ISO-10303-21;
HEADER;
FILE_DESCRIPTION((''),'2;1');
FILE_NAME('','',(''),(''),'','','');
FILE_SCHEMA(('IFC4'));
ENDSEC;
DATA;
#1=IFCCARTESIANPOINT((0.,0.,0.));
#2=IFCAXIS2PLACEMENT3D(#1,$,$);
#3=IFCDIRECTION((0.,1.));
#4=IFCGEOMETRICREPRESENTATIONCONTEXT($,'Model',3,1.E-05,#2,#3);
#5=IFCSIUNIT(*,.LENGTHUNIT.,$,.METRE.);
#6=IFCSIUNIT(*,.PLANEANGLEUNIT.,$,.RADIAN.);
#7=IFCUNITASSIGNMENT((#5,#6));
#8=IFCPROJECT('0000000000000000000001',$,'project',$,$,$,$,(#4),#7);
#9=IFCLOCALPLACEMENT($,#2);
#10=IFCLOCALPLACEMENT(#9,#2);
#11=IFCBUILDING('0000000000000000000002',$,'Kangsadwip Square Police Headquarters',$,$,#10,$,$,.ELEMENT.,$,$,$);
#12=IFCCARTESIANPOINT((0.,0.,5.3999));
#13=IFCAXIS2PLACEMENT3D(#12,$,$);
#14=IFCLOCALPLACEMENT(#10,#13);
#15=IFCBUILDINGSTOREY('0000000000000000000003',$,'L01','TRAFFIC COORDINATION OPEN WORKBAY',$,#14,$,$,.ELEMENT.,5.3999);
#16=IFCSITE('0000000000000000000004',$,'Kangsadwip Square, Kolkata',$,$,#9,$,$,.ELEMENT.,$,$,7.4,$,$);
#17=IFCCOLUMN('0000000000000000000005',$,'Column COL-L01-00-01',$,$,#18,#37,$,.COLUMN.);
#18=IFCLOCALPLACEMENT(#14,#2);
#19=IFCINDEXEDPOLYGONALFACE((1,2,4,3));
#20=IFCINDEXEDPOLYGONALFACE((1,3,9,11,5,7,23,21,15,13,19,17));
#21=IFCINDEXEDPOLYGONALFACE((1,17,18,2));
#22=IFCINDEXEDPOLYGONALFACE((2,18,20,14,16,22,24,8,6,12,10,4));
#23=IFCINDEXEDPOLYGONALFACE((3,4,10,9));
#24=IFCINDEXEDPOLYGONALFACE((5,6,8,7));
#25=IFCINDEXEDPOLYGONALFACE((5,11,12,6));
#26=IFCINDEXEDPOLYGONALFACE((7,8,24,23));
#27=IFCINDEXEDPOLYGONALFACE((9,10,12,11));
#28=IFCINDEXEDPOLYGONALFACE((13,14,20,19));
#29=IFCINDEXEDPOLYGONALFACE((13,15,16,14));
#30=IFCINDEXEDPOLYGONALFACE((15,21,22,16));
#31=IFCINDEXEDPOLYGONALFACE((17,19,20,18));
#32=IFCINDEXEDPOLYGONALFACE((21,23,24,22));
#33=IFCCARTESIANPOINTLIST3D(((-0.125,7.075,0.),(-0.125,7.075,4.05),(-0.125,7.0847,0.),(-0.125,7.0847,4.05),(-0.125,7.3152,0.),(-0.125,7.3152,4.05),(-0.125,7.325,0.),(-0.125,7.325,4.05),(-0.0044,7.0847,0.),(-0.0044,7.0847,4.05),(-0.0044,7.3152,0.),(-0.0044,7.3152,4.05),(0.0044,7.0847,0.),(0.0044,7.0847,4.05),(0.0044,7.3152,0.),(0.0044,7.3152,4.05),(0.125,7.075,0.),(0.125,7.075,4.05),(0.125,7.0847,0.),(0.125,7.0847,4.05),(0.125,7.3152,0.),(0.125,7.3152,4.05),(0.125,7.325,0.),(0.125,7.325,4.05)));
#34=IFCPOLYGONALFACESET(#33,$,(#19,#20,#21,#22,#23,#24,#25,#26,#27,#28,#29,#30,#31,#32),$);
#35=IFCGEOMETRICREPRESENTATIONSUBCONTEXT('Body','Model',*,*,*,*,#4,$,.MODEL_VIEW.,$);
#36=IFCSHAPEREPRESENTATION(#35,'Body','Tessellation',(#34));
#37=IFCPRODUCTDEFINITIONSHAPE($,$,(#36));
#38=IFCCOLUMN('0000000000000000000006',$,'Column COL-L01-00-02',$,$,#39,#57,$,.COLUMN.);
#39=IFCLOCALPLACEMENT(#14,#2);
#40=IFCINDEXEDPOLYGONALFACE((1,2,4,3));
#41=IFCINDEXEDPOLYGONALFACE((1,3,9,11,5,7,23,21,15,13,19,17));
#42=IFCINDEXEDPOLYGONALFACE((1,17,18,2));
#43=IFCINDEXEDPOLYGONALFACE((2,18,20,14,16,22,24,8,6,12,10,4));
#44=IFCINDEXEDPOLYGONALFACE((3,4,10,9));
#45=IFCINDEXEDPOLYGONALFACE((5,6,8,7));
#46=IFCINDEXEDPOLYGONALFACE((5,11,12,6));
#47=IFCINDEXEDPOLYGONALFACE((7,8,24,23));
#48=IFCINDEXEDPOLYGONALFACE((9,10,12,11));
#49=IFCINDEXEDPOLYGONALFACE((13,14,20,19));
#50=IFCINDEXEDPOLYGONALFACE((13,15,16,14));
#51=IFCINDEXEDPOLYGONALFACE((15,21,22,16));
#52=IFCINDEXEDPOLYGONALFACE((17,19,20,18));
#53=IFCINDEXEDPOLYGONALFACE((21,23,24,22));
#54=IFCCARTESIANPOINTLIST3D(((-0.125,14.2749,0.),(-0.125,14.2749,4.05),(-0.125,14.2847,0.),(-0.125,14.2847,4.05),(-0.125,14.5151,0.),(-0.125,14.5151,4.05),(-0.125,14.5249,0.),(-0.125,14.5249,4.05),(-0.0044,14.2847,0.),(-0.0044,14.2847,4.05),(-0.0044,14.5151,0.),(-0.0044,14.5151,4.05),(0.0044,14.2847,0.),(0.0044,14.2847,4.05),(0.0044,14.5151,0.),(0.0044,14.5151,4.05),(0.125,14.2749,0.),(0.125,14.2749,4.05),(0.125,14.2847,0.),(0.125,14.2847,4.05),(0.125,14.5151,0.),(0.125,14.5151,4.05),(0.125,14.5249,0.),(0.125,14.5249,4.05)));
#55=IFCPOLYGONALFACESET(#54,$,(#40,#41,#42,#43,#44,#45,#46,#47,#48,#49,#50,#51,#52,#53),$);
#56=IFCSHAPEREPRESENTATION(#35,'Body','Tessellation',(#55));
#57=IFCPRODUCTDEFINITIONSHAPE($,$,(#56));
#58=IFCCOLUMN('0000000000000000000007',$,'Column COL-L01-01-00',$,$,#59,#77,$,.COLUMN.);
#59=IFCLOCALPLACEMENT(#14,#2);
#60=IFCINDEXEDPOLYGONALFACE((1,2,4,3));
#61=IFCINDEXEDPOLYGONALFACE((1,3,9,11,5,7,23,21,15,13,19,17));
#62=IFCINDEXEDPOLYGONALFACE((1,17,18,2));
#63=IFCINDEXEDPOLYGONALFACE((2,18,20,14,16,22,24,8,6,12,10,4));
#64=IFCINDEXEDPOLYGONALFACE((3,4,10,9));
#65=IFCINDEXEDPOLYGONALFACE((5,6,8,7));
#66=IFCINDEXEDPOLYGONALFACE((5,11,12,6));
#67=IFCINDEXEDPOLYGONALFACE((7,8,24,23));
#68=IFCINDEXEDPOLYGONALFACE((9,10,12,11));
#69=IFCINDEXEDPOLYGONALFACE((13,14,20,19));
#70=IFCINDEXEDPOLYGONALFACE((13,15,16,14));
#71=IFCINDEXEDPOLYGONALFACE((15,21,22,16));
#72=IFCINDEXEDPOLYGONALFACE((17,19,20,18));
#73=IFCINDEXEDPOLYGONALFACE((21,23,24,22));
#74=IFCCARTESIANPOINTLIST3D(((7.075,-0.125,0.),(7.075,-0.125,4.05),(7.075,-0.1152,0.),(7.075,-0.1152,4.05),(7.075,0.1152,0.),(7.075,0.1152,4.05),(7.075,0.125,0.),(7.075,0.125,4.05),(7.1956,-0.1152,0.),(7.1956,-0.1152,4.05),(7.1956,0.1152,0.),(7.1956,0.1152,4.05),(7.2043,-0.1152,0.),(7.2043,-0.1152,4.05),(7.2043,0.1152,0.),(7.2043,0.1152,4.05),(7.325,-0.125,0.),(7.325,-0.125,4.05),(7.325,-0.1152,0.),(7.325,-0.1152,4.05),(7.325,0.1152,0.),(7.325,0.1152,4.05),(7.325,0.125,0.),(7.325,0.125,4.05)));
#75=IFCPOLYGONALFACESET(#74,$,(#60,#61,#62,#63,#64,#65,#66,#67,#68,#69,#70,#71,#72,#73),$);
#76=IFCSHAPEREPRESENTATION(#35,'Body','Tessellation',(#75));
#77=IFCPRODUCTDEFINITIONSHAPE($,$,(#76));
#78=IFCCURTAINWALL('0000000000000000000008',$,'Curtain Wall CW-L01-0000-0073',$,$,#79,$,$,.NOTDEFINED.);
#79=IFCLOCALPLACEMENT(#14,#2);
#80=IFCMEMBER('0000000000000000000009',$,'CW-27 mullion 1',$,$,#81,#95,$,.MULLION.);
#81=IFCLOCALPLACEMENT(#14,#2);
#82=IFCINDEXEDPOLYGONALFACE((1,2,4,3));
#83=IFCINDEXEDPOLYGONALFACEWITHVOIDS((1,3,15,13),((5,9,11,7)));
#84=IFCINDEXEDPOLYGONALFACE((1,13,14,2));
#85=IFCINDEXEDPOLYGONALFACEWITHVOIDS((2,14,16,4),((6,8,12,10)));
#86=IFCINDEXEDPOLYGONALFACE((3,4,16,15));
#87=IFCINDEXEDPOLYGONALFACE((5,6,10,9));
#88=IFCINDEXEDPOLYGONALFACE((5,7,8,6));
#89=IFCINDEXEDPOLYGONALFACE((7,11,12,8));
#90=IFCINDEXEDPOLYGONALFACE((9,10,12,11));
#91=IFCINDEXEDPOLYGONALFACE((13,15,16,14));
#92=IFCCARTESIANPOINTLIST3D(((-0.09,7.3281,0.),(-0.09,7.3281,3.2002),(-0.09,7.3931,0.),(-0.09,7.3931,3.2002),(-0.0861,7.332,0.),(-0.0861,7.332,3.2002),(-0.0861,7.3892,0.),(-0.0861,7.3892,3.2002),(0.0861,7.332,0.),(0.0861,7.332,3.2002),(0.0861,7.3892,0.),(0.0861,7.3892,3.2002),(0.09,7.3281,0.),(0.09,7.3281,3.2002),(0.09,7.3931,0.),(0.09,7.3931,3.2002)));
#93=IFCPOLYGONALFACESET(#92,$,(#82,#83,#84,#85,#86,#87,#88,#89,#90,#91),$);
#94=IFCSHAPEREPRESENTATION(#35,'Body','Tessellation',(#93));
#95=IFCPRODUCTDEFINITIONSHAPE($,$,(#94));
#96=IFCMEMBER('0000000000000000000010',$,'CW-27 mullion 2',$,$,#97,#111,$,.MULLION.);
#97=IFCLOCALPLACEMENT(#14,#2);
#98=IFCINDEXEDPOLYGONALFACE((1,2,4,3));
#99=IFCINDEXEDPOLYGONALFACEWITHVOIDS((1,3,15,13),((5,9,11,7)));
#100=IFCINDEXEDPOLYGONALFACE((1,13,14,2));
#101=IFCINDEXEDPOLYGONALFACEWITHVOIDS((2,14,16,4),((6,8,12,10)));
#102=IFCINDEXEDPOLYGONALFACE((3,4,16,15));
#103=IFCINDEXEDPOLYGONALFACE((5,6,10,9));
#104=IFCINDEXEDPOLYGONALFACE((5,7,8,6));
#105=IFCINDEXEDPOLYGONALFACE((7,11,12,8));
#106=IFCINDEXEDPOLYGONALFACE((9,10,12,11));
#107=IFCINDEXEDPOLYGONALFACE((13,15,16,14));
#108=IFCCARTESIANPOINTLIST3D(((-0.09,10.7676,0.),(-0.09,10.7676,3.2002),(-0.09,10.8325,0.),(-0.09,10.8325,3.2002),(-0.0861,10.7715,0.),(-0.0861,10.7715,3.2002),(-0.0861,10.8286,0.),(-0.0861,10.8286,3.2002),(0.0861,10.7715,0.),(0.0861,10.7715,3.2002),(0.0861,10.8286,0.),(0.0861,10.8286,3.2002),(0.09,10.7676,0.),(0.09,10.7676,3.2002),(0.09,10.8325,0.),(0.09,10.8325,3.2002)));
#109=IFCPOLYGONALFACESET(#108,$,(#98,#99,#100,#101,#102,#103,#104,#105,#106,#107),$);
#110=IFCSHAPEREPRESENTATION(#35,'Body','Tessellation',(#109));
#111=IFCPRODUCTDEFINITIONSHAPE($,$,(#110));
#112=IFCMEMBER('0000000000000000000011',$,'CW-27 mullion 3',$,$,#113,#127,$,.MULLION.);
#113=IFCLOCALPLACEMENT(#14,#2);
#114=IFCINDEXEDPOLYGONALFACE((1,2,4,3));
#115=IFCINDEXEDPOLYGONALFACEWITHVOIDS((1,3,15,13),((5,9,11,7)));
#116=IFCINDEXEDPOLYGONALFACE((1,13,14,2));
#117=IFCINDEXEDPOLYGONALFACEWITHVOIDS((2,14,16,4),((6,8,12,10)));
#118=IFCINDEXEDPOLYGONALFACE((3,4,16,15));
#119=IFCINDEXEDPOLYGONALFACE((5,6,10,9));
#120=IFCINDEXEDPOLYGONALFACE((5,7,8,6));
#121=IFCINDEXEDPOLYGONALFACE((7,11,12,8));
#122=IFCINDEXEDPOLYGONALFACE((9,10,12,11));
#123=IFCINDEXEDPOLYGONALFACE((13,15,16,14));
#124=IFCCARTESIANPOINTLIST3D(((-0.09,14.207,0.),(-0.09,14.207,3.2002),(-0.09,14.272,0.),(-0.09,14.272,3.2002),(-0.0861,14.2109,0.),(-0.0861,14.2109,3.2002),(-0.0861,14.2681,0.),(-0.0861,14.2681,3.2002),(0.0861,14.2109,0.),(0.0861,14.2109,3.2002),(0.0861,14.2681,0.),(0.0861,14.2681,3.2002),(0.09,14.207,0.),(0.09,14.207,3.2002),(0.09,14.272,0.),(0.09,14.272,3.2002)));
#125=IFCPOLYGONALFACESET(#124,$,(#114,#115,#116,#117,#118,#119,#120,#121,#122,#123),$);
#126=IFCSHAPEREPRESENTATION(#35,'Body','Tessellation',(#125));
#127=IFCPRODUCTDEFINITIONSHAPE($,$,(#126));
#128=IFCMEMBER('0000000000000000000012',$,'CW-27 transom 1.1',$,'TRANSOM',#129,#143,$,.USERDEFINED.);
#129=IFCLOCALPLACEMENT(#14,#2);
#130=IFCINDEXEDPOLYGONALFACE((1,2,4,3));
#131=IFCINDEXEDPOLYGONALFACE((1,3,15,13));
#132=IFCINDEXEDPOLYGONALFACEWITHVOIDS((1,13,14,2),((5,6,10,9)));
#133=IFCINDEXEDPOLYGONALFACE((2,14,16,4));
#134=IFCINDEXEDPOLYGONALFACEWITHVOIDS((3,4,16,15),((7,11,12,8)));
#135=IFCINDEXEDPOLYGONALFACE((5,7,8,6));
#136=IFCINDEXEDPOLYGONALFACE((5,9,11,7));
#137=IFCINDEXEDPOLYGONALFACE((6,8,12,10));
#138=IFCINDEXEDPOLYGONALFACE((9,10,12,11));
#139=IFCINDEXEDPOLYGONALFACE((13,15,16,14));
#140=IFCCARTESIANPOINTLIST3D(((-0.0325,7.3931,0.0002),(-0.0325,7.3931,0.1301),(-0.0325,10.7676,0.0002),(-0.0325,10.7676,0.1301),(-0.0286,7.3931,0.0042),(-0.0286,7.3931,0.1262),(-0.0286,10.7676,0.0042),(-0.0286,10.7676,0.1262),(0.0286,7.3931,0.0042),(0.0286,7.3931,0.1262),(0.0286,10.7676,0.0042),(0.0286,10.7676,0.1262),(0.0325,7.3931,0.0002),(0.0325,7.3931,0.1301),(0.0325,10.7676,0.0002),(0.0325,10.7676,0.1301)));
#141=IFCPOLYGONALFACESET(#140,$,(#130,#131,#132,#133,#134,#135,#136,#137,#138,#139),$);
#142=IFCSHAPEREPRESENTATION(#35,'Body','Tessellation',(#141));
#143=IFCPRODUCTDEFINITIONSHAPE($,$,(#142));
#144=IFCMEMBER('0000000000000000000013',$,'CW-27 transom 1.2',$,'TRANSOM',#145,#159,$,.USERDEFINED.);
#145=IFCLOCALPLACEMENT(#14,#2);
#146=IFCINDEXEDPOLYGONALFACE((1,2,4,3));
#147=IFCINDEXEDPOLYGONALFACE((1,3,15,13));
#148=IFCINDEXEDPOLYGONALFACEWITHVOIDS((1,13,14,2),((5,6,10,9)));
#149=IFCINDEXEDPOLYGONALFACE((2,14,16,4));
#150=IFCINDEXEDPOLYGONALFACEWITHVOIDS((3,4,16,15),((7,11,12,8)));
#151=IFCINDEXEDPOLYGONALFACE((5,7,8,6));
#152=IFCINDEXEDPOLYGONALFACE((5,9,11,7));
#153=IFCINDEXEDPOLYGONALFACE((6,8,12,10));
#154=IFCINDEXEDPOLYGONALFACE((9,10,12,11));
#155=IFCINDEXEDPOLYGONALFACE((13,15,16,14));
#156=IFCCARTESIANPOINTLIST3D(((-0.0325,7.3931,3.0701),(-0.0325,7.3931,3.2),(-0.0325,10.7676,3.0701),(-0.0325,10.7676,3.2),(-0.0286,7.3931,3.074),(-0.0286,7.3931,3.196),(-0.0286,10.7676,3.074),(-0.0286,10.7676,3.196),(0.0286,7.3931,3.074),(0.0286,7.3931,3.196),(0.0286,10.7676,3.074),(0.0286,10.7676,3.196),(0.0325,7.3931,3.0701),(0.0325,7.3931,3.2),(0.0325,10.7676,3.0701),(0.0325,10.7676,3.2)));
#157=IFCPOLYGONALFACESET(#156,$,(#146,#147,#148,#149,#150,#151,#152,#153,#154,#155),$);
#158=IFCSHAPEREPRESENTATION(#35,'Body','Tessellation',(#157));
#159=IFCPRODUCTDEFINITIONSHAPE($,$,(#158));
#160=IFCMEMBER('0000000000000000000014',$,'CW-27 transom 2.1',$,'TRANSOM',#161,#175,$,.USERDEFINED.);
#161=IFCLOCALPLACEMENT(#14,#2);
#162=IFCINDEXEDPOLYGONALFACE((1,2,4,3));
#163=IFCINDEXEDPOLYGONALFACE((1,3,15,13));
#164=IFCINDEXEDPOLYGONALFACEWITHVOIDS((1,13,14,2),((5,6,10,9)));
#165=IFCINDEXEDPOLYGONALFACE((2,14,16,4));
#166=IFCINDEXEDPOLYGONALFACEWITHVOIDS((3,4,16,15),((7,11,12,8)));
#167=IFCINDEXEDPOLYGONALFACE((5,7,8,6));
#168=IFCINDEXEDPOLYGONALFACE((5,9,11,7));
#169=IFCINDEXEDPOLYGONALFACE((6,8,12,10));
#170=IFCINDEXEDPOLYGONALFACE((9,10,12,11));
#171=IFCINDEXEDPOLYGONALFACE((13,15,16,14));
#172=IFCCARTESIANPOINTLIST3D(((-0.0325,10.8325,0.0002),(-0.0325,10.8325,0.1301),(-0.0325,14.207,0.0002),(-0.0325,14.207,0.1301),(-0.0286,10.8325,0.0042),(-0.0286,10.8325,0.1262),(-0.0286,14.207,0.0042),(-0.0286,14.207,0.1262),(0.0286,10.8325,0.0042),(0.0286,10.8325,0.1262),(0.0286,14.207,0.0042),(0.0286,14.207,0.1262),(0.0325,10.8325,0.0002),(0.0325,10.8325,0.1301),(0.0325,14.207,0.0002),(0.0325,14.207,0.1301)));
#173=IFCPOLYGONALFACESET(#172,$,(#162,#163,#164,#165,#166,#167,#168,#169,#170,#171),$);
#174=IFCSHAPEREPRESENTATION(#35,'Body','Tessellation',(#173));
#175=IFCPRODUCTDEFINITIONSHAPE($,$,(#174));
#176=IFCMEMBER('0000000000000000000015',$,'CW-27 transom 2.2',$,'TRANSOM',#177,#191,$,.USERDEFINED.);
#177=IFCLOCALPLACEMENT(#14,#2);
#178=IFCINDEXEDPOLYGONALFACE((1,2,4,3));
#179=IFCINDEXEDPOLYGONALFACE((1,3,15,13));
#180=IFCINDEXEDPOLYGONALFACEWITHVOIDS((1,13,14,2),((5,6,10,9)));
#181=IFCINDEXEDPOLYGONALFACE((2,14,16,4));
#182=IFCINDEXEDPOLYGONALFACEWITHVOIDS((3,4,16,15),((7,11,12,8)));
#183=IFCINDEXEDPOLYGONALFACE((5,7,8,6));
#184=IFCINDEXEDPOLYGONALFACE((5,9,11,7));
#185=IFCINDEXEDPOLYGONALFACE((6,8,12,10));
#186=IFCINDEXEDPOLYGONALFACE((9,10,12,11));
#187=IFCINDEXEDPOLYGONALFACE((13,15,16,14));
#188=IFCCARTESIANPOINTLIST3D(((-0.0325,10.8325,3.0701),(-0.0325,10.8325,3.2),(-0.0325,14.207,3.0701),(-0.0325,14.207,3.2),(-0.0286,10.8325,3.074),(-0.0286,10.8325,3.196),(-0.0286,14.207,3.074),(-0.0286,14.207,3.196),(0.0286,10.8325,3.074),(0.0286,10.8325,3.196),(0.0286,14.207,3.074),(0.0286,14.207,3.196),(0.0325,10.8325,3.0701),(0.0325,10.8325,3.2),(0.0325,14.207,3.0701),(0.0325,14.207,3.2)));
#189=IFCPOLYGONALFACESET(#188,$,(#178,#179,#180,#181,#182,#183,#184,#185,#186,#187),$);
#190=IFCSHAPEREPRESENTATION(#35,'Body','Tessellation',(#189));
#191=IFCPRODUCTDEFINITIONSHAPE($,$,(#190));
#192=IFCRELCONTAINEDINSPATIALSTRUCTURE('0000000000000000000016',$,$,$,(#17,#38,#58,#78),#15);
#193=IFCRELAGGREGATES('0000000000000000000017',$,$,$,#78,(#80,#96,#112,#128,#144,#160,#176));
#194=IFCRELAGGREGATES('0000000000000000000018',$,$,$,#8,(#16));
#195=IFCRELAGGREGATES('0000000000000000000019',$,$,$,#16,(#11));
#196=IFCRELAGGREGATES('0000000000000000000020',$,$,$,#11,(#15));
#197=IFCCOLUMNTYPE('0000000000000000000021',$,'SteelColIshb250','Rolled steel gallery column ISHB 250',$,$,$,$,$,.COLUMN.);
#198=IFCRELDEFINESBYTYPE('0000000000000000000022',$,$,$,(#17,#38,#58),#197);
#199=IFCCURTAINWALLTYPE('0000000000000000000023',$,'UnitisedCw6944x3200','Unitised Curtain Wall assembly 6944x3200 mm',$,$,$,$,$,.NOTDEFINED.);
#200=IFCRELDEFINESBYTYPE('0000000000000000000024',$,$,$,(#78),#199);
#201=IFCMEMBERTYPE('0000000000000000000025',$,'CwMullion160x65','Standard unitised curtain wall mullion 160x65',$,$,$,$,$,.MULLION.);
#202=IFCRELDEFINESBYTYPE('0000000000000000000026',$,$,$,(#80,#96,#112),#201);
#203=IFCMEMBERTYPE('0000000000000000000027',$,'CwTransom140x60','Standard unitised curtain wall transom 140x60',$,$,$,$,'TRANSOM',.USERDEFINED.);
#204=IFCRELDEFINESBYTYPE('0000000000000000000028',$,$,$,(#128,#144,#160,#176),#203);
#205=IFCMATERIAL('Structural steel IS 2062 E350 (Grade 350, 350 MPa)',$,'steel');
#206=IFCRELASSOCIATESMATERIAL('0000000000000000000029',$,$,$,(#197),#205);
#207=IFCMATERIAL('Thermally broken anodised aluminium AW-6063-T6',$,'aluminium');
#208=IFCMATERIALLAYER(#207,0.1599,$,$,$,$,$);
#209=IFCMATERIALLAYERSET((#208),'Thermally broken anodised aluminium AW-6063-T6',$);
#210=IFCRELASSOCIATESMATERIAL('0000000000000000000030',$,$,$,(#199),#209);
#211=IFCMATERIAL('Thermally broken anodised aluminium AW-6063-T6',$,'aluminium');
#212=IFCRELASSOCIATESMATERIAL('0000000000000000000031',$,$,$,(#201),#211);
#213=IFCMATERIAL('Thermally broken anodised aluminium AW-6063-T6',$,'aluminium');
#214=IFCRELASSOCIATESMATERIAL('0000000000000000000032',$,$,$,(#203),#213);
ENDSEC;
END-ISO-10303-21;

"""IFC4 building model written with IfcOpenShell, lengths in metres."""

from ifc_helpers import new_model, si_unit, direction, frame, origin, origin_2d, place, context, subcontext, project, spatial, hollow_rectangle, i_section, extrude, material, layer, layer_set, material_profile, profile_set, type_object, element, aggregate, save


model = new_model("IFC4")

# Units and contexts
model_context = context("Model", 3, precision=1e-05, world=origin(), true_north=direction((0.0, 1.0)))
body_context = subcontext(model_context, "Body", "Model", "MODEL_VIEW")
ifc_project = project(units=[si_unit("LENGTHUNIT", "METRE"), si_unit("PLANEANGLEUNIT", "RADIAN")], contexts=[model_context])

# Site, building, storey
site_placement = place(None, origin())
site = spatial("IfcSite", under=ifc_project, at=site_placement, Name="Kangsadwip Square, Kolkata", CompositionType="ELEMENT", RefElevation=7.4)
building_placement = place(site_placement, origin())
building = spatial("IfcBuilding", under=site, at=building_placement, Name="Kangsadwip Square Police Headquarters", CompositionType="ELEMENT")
storey_placement = place(building_placement, frame((0.0, 0.0, 5.3999)))
storey = spatial("IfcBuildingStorey", under=building, at=storey_placement, Name="L01", Description="TRAFFIC COORDINATION OPEN WORKBAY", CompositionType="ELEMENT", Elevation=5.3999)

# Columns
ifc_material_1 = material(Name="Structural steel IS 2062 E350 (Grade 350, 350 MPa)", Category="steel")
ifc_material_profile_1 = material_profile(ifc_material_1, i_section(OverallWidth=0.25, OverallDepth=0.25, WebThickness=0.0088, FlangeThickness=0.0098, at=origin_2d()), Name="ISHB 250")
ifc_profile_set_1 = profile_set([ifc_material_profile_1], Name="Structural steel IS 2062 E350 (Grade 350, 350 MPa)")
column_type = type_object("IfcColumnType", Name="SteelColIshb250", Description="Rolled steel gallery column ISHB 250", PredefinedType="COLUMN", material=ifc_profile_set_1)
for number, where, z_axis, x_axis, name in (
    (1, (0.0, 7.2, 0.0), (0.0, 0.0, 1.0), (1.0, 0.0, 0.0), "Column COL-L01-00-01"),
    (2, (0.0, 14.3999, 0.0), (0.0, 0.0, 1.0), (1.0, 0.0, 0.0), "Column COL-L01-00-02"),
    (3, (7.2, 0.0, 0.0), (0.0, 0.0, 1.0), (1.0, 0.0, 0.0), "Column COL-L01-01-00"),
):
    element("IfcColumn", number, at=place(storey_placement, frame(where, z_axis=z_axis, x_axis=x_axis)), inside=storey, type_object=column_type, Name=name, PredefinedType="COLUMN", context=body_context, shape_type="SweptSolid", body=[
        extrude(i_section(OverallWidth=0.25, OverallDepth=0.25, WebThickness=0.0088, FlangeThickness=0.0098, at=origin_2d()), origin(), (0.0, 0.0, 1.0), 4.05),
    ])

# Curtain wall, members
ifc_material_2 = material(Name="Thermally broken anodised aluminium AW-6063-T6", Category="aluminium")
ifc_layer_1 = layer(ifc_material_2, 0.1599)
ifc_layer_set_1 = layer_set([ifc_layer_1], Name="Thermally broken anodised aluminium AW-6063-T6")
curtain_wall_type = type_object("IfcCurtainWallType", Name="UnitisedCw6944x3200", Description="Unitised Curtain Wall assembly 6944x3200 mm", PredefinedType="NOTDEFINED", material=ifc_layer_set_1)
curtain_wall_placement = place(storey_placement, origin())
curtain_wall = element("IfcCurtainWall", 4, at=curtain_wall_placement, inside=storey, type_object=curtain_wall_type, Name="Curtain Wall CW-L01-0000-0073", PredefinedType="NOTDEFINED")
ifc_material_3 = material(Name="Thermally broken anodised aluminium AW-6063-T6", Category="aluminium")
ifc_material_profile_2 = material_profile(ifc_material_3, hollow_rectangle(XDim=0.0649, YDim=0.1799, WallThickness=0.0039, at=origin_2d()), Name="CWM 180X65X4")
ifc_profile_set_2 = profile_set([ifc_material_profile_2], Name="Thermally broken anodised aluminium AW-6063-T6")
member_type_1 = type_object("IfcMemberType", Name="CwMullion160x65", Description="Standard unitised curtain wall mullion 160x65", PredefinedType="MULLION", material=ifc_profile_set_2)
member_1_placement = place(storey_placement, frame((0.0, 7.3606, 0.0), z_axis=(0.0, 0.0, 1.0), x_axis=(0.0, 1.0, 0.0)))
member_1 = element("IfcMember", 5, at=member_1_placement, type_object=member_type_1, Name="CW-27 mullion 1", PredefinedType="MULLION", context=body_context, shape_type="SweptSolid", body=[
    extrude(hollow_rectangle(XDim=0.0649, YDim=0.1799, WallThickness=0.0039, at=origin_2d()), origin(), (0.0, 0.0, 1.0), 3.2002),
])
member_2_placement = place(storey_placement, frame((0.0, 10.8, 0.0), z_axis=(0.0, 0.0, 1.0), x_axis=(0.0, 1.0, 0.0)))
member_2 = element("IfcMember", 6, at=member_2_placement, type_object=member_type_1, Name="CW-27 mullion 2", PredefinedType="MULLION", context=body_context, shape_type="SweptSolid", body=[
    extrude(hollow_rectangle(XDim=0.0649, YDim=0.1799, WallThickness=0.0039, at=origin_2d()), origin(), (0.0, 0.0, 1.0), 3.2002),
])
member_3_placement = place(storey_placement, frame((0.0, 14.2395, 0.0), z_axis=(0.0, 0.0, 1.0), x_axis=(0.0, 1.0, 0.0)))
member_3 = element("IfcMember", 7, at=member_3_placement, type_object=member_type_1, Name="CW-27 mullion 3", PredefinedType="MULLION", context=body_context, shape_type="SweptSolid", body=[
    extrude(hollow_rectangle(XDim=0.0649, YDim=0.1799, WallThickness=0.0039, at=origin_2d()), origin(), (0.0, 0.0, 1.0), 3.2002),
])
ifc_material_4 = material(Name="Thermally broken anodised aluminium AW-6063-T6", Category="aluminium")
ifc_material_profile_3 = material_profile(ifc_material_4, hollow_rectangle(XDim=0.0649, YDim=0.1299, WallThickness=0.0039, at=origin_2d()), Name="CWT 130X65X4")
ifc_profile_set_3 = profile_set([ifc_material_profile_3], Name="Thermally broken anodised aluminium AW-6063-T6")
member_type_2 = type_object("IfcMemberType", Name="CwTransom140x60", Description="Standard unitised curtain wall transom 140x60", ElementType="TRANSOM", PredefinedType="USERDEFINED", material=ifc_profile_set_3)
member_4_placement = place(storey_placement, frame((0.0, 7.3931, 0.0652), z_axis=(0.0, 1.0, 0.0), x_axis=(-1.0, 0.0, 0.0)))
member_4 = element("IfcMember", 8, at=member_4_placement, type_object=member_type_2, Name="CW-27 transom 1.1", ObjectType="TRANSOM", PredefinedType="USERDEFINED", context=body_context, shape_type="SweptSolid", body=[
    extrude(hollow_rectangle(XDim=0.0649, YDim=0.1299, WallThickness=0.0039, at=origin_2d()), origin(), (0.0, 0.0, 1.0), 3.3745),
])
member_5_placement = place(storey_placement, frame((0.0, 7.3931, 3.135), z_axis=(0.0, 1.0, 0.0), x_axis=(-1.0, 0.0, 0.0)))
member_5 = element("IfcMember", 9, at=member_5_placement, type_object=member_type_2, Name="CW-27 transom 1.2", ObjectType="TRANSOM", PredefinedType="USERDEFINED", context=body_context, shape_type="SweptSolid", body=[
    extrude(hollow_rectangle(XDim=0.0649, YDim=0.1299, WallThickness=0.0039, at=origin_2d()), origin(), (0.0, 0.0, 1.0), 3.3745),
])
member_6_placement = place(storey_placement, frame((0.0, 10.8325, 0.0652), z_axis=(0.0, 1.0, 0.0), x_axis=(-1.0, 0.0, 0.0)))
member_6 = element("IfcMember", 10, at=member_6_placement, type_object=member_type_2, Name="CW-27 transom 2.1", ObjectType="TRANSOM", PredefinedType="USERDEFINED", context=body_context, shape_type="SweptSolid", body=[
    extrude(hollow_rectangle(XDim=0.0649, YDim=0.1299, WallThickness=0.0039, at=origin_2d()), origin(), (0.0, 0.0, 1.0), 3.3745),
])
member_7_placement = place(storey_placement, frame((0.0, 10.8325, 3.135), z_axis=(0.0, 1.0, 0.0), x_axis=(-1.0, 0.0, 0.0)))
member_7 = element("IfcMember", 11, at=member_7_placement, type_object=member_type_2, Name="CW-27 transom 2.2", ObjectType="TRANSOM", PredefinedType="USERDEFINED", context=body_context, shape_type="SweptSolid", body=[
    extrude(hollow_rectangle(XDim=0.0649, YDim=0.1299, WallThickness=0.0039, at=origin_2d()), origin(), (0.0, 0.0, 1.0), 3.3745),
])

aggregate(curtain_wall, [member_1, member_2, member_3, member_4, member_5, member_6, member_7])

save(model, "model.ifc")
